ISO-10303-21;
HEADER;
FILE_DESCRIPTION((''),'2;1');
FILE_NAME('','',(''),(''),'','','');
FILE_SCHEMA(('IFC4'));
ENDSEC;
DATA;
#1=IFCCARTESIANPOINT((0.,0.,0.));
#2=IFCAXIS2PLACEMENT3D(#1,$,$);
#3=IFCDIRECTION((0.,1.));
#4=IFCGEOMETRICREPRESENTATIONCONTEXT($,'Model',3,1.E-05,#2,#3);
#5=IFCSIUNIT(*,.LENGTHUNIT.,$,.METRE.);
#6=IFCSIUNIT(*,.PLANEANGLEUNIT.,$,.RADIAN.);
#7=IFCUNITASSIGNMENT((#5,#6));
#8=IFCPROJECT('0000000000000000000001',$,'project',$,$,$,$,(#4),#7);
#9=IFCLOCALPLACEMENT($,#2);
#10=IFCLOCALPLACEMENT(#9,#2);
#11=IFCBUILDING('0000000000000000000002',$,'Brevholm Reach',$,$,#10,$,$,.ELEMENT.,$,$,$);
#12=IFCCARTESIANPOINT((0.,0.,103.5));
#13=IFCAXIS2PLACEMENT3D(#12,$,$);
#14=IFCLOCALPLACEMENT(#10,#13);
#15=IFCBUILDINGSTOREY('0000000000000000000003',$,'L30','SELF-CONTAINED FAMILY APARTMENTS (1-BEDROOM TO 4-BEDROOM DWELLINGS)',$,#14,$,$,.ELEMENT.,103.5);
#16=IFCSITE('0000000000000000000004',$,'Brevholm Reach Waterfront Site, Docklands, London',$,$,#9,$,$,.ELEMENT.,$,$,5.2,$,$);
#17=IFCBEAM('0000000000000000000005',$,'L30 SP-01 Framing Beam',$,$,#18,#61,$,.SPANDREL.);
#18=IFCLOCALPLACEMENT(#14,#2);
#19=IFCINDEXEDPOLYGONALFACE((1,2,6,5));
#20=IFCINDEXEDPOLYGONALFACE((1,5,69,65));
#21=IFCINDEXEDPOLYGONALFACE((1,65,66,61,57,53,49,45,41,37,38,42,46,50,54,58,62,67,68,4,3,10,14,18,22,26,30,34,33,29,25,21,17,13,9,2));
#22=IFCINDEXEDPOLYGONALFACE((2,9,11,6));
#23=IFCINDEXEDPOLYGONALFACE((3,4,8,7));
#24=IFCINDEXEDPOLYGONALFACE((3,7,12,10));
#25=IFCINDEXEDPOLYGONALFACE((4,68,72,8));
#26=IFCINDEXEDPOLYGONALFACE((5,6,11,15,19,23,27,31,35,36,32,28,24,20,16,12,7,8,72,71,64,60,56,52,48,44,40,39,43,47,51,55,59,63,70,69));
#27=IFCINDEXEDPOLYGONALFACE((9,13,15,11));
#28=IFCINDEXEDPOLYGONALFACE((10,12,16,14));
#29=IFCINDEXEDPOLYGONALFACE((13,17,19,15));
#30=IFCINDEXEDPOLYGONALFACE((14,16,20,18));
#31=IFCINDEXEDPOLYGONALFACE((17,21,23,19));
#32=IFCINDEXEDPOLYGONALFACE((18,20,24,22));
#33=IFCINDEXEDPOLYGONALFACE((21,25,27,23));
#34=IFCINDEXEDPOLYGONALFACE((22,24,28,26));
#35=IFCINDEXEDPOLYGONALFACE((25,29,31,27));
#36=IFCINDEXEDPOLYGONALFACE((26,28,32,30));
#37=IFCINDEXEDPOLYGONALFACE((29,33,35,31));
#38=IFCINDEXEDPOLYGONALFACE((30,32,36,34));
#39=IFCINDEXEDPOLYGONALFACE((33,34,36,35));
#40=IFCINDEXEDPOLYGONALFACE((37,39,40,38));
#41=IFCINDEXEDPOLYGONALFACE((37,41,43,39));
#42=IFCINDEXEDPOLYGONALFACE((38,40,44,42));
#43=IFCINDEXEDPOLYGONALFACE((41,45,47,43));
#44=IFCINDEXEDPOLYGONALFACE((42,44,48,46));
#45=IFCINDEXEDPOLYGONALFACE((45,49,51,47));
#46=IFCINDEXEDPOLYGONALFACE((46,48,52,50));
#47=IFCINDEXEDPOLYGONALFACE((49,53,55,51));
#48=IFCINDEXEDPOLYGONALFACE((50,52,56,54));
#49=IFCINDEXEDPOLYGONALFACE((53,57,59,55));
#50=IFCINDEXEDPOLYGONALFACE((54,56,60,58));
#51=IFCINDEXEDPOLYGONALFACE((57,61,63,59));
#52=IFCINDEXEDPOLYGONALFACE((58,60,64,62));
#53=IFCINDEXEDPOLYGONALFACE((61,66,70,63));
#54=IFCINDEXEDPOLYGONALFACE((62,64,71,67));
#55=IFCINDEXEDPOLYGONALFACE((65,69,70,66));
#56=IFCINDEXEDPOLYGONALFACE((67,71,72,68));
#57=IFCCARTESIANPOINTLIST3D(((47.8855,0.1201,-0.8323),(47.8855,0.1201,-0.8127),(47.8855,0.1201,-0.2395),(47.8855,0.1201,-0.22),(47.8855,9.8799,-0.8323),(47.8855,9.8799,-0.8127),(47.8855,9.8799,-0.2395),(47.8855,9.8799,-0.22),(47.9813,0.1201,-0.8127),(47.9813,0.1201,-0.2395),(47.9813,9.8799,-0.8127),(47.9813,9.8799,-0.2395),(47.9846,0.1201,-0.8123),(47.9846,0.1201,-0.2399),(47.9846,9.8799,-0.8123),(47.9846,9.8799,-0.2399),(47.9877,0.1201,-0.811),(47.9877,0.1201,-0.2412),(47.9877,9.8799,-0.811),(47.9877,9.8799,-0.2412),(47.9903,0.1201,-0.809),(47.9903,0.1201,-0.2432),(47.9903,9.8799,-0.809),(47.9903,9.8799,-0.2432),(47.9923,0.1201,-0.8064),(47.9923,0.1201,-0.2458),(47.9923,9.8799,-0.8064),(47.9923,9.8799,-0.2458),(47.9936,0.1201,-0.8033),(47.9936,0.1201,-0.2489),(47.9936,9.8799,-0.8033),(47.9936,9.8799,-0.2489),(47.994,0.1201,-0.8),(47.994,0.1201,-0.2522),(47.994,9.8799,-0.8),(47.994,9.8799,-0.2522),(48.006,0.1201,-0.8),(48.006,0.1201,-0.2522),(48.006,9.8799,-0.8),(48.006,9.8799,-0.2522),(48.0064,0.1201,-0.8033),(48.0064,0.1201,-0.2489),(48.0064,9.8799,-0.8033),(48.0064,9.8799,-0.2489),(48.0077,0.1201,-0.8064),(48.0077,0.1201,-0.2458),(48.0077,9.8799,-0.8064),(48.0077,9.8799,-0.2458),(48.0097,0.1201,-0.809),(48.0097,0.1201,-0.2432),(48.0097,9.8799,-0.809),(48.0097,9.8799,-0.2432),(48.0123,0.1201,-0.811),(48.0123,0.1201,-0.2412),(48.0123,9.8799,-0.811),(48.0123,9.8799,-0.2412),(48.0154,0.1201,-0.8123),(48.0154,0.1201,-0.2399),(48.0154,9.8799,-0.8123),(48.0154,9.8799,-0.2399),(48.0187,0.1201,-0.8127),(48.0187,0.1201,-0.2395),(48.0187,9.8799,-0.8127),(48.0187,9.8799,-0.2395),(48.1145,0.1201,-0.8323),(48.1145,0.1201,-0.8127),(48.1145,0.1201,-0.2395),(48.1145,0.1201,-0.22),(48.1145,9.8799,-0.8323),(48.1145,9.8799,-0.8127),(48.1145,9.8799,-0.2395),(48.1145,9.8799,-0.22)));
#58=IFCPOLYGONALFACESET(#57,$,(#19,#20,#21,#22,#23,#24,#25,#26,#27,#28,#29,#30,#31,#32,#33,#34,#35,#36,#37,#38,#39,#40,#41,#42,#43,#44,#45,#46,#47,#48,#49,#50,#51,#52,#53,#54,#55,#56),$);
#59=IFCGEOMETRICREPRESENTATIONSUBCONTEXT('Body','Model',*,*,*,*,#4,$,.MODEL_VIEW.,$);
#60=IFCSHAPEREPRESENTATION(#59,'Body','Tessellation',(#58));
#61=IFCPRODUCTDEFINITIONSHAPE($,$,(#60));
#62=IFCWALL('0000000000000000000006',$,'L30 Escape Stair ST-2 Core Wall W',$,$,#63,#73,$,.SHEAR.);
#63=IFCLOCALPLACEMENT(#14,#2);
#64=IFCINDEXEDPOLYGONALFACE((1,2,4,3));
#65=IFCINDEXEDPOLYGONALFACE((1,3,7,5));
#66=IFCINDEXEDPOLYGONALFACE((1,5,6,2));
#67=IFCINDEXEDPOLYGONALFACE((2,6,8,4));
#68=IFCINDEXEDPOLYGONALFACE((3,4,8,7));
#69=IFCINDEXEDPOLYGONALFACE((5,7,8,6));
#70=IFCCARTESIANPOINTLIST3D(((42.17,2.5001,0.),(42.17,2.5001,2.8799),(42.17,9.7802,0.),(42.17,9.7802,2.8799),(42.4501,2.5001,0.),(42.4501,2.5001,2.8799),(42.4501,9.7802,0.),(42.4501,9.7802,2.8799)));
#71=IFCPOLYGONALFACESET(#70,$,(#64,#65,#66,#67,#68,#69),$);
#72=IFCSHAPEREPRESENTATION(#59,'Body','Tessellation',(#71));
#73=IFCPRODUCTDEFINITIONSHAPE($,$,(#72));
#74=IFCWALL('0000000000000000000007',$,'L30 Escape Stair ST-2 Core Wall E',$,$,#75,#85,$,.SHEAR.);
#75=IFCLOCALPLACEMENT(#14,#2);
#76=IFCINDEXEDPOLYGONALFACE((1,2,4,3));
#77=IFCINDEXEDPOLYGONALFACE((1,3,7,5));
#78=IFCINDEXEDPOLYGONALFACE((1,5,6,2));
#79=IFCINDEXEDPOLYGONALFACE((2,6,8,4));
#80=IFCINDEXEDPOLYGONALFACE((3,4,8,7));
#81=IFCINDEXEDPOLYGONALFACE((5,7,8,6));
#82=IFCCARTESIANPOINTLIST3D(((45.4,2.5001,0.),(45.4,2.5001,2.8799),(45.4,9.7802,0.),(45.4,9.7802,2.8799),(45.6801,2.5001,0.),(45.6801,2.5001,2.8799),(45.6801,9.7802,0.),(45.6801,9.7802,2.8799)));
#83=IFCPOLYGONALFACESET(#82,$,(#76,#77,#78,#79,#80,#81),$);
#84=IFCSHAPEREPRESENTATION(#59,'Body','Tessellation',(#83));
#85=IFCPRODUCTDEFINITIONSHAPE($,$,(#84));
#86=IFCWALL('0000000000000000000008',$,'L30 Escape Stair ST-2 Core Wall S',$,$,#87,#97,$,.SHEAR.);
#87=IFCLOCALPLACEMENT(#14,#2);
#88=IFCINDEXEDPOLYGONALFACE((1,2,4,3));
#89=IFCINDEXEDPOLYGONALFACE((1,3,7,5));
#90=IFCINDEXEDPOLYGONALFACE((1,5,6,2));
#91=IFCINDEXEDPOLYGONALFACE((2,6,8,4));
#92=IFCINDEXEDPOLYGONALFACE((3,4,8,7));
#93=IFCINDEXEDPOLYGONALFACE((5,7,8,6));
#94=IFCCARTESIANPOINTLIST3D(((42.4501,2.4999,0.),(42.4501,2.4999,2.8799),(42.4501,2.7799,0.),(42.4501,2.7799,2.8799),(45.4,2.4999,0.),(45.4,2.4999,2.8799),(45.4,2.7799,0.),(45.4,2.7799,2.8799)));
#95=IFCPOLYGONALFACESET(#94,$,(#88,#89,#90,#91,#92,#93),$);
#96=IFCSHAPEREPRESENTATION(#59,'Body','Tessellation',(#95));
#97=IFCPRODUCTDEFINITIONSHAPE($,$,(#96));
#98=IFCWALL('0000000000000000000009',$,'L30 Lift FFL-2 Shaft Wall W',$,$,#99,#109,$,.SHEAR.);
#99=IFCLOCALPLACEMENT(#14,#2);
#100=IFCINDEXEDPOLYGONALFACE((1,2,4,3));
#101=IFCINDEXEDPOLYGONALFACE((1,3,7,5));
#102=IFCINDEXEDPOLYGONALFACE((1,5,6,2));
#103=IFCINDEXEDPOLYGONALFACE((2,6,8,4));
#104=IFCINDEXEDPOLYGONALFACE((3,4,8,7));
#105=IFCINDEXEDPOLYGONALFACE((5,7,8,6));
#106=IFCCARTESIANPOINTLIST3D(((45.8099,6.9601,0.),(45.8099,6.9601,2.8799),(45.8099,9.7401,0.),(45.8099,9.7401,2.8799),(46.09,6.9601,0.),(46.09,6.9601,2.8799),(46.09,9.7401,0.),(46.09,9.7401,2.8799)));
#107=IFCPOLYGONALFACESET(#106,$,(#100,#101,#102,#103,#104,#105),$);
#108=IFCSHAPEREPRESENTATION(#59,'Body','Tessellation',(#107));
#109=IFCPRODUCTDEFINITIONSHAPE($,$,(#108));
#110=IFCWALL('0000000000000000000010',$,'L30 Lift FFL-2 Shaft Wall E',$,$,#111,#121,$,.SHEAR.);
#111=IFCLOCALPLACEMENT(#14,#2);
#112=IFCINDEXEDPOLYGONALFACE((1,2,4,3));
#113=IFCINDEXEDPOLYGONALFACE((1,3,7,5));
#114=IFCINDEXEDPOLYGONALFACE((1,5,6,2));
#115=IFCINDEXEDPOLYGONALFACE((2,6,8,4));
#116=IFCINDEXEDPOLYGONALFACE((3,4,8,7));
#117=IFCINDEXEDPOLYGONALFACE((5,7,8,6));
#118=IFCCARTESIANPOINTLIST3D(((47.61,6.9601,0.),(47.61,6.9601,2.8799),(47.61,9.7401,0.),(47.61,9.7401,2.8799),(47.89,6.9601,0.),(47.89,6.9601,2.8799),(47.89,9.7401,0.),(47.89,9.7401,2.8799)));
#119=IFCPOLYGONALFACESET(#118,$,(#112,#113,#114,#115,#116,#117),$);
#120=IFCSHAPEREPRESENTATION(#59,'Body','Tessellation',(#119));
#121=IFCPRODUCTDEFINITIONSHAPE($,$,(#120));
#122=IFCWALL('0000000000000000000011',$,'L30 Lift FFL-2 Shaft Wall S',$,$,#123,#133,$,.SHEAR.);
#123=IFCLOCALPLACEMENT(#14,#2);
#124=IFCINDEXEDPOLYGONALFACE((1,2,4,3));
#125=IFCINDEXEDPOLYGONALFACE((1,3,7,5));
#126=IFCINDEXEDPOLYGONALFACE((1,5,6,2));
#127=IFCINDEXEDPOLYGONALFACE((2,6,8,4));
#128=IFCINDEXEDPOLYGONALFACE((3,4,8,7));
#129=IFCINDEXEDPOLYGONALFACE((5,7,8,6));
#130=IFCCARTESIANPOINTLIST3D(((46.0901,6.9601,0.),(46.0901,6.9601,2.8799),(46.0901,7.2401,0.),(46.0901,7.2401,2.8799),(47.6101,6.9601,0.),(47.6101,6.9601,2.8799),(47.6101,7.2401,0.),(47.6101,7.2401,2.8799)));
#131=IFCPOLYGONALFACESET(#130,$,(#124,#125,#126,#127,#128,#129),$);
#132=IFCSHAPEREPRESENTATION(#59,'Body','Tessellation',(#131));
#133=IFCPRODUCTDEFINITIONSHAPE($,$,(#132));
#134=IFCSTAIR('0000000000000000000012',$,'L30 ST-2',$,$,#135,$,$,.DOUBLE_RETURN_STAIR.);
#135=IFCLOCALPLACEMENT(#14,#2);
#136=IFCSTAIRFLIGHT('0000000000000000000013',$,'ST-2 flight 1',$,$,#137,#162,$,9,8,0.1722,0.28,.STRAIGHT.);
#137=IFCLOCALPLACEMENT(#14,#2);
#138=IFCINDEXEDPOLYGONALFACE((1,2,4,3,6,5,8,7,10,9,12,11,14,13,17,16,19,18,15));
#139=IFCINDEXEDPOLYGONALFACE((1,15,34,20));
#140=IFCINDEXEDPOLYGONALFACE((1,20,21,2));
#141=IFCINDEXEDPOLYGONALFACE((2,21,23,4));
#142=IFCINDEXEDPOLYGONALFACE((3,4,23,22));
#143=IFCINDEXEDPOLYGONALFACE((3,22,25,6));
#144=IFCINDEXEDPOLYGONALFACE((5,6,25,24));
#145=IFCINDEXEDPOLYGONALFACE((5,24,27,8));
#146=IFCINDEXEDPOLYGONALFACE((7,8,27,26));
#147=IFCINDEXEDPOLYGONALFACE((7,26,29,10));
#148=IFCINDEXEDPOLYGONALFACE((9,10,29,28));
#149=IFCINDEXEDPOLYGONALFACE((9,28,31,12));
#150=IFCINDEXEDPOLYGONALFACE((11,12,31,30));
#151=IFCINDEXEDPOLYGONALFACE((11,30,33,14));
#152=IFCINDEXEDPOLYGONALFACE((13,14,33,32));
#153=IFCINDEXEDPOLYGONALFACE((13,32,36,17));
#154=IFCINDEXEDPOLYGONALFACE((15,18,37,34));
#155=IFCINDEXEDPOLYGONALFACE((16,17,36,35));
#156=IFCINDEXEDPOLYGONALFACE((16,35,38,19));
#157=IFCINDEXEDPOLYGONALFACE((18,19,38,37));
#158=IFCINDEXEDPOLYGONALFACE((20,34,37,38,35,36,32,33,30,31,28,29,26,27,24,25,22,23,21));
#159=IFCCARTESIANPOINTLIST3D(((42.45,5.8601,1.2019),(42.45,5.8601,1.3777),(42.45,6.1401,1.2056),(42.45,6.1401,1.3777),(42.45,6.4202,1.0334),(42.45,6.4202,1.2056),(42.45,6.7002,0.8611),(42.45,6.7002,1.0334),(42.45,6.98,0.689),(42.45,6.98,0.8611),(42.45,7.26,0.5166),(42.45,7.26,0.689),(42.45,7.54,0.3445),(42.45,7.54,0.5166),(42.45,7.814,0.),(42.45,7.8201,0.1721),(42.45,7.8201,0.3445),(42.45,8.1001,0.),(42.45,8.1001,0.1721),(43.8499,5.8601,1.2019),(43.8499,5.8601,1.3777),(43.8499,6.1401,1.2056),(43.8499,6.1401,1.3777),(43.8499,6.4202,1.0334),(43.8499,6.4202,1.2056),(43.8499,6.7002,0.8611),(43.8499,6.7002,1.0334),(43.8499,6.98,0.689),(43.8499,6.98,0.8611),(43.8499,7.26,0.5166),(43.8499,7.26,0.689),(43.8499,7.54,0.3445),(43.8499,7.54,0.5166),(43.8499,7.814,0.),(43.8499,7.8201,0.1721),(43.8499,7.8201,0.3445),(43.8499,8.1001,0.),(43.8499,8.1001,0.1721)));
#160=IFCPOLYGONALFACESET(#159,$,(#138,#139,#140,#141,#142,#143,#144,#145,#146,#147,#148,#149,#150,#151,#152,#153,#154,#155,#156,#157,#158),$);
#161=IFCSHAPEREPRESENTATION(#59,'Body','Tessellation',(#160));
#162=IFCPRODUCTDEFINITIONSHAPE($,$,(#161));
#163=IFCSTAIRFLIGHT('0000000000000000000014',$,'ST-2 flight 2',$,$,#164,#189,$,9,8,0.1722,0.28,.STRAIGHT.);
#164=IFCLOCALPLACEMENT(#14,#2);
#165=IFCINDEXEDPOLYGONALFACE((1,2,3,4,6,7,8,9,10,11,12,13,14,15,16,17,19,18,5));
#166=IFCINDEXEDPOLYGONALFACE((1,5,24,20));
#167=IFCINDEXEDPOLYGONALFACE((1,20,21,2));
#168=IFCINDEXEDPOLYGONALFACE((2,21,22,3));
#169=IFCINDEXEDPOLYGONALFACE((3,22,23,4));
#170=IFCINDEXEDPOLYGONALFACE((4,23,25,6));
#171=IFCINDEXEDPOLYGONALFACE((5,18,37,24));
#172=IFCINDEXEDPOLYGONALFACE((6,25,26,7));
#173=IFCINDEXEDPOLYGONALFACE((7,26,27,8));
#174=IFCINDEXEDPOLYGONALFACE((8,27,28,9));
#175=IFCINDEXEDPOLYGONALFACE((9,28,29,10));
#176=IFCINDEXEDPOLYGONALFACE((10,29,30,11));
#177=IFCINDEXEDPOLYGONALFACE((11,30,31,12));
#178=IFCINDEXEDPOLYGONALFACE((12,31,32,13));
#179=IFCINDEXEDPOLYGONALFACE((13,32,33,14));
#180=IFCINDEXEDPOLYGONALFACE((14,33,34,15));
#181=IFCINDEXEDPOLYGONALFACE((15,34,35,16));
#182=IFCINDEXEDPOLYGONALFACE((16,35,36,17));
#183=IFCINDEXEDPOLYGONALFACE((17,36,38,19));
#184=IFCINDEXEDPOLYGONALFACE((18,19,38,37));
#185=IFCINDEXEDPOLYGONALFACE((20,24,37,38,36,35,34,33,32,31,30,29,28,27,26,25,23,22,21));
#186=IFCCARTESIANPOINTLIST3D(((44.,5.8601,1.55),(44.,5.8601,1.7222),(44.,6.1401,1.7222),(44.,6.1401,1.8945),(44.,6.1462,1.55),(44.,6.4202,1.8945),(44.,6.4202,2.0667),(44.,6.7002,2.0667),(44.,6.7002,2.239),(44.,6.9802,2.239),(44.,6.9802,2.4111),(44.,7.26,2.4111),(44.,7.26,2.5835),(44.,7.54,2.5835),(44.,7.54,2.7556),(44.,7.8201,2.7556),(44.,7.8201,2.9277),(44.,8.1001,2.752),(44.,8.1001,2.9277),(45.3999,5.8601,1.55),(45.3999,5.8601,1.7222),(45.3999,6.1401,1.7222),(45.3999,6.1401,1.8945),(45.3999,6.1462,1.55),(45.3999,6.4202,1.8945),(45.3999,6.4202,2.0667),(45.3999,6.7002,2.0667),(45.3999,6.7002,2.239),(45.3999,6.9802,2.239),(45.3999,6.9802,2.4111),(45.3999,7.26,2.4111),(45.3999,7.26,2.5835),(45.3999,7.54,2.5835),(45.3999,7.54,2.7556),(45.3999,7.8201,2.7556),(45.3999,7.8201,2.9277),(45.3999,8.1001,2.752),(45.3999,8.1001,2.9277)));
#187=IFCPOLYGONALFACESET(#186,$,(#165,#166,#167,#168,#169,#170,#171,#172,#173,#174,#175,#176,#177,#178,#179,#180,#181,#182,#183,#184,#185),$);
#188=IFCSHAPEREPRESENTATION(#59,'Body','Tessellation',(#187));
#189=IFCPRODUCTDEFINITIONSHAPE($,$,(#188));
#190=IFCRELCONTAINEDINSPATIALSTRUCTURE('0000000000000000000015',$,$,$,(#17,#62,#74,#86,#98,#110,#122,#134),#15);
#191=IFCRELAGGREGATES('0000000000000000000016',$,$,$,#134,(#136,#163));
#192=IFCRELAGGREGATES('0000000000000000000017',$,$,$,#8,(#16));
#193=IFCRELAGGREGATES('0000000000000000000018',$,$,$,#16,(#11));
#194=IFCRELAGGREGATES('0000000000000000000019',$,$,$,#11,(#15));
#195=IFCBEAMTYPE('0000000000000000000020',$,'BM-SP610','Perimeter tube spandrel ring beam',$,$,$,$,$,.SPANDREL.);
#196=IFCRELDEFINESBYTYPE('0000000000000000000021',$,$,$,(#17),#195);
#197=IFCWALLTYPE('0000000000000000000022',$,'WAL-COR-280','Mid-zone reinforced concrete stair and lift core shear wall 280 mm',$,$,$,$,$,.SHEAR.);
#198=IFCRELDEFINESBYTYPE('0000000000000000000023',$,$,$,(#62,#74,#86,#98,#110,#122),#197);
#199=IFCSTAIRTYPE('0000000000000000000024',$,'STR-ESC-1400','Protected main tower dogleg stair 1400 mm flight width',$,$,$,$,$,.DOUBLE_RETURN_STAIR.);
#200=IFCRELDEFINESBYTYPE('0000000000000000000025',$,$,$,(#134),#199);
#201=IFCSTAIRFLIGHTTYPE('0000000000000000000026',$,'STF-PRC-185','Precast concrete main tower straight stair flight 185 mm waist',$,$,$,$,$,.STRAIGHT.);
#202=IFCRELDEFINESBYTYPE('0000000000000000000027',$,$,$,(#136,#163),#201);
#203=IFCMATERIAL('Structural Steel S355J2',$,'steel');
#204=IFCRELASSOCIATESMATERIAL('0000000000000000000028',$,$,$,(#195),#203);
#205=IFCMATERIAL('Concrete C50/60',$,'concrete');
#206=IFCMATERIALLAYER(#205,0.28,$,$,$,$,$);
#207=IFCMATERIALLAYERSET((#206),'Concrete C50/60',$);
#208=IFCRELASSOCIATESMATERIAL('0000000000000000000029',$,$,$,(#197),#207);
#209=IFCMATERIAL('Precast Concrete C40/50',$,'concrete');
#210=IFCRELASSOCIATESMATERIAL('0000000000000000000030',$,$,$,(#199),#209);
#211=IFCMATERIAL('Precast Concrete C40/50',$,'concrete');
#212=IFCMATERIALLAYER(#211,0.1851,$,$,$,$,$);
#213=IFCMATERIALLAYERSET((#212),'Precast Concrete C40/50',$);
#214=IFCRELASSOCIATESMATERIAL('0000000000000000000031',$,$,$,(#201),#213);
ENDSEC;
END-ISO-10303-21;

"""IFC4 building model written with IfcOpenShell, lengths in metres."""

from ifc_helpers import new_model, si_unit, direction, frame, frame_2d, origin, origin_2d, place, context, subcontext, project, spatial, polyline, rectangle, i_section, outline, extrude, material, layer, layer_set, material_profile, profile_set, type_object, element, aggregate, save


model = new_model("IFC4")

# Units and contexts
model_context = context("Model", 3, precision=1e-05, world=origin(), true_north=direction((0.0, 1.0)))
body_context = subcontext(model_context, "Body", "Model", "MODEL_VIEW")
ifc_project = project(units=[si_unit("LENGTHUNIT", "METRE"), si_unit("PLANEANGLEUNIT", "RADIAN")], contexts=[model_context])

# Site, building, storey
site_placement = place(None, origin())
site = spatial("IfcSite", under=ifc_project, at=site_placement, Name="Brevholm Reach Waterfront Site, Docklands, London", CompositionType="ELEMENT", RefElevation=5.2)
building_placement = place(site_placement, origin())
building = spatial("IfcBuilding", under=site, at=building_placement, Name="Brevholm Reach", CompositionType="ELEMENT")
storey_placement = place(building_placement, frame((0.0, 0.0, 103.5)))
storey = spatial("IfcBuildingStorey", under=building, at=storey_placement, Name="L30", Description="SELF-CONTAINED FAMILY APARTMENTS (1-BEDROOM TO 4-BEDROOM DWELLINGS)", CompositionType="ELEMENT", Elevation=103.5)

# Beam
ifc_material_1 = material(Name="Structural Steel S355J2", Category="steel")
ifc_material_profile_1 = material_profile(ifc_material_1, i_section(OverallWidth=0.229, OverallDepth=0.6123, WebThickness=0.012, FlangeThickness=0.0195, FilletRadius=0.0127, at=origin_2d()), Name="UKB 610x229x125")
ifc_profile_set_1 = profile_set([ifc_material_profile_1], Name="Structural Steel S355J2")
beam_type_1 = type_object("IfcBeamType", Name="BM-SP610", Description="Perimeter tube spandrel ring beam", PredefinedType="SPANDREL", material=ifc_profile_set_1)
for number, where, z_axis, x_axis, name in (
    (1, (48.0, 0.1201, -0.5261), (0.0, 1.0, 0.0), (-1.0, 0.0, 0.0), "L30 SP-01 Framing Beam"),
):
    element("IfcBeam", number, at=place(storey_placement, frame(where, z_axis=z_axis, x_axis=x_axis)), inside=storey, type_object=beam_type_1, Name=name, PredefinedType="SPANDREL", context=body_context, shape_type="SweptSolid", body=[
        extrude(i_section(OverallWidth=0.229, OverallDepth=0.6123, WebThickness=0.012, FlangeThickness=0.0195, FilletRadius=0.0127, at=origin_2d()), origin(), (0.0, 0.0, 1.0), 9.7598),
    ])

# Walls
ifc_material_2 = material(Name="Concrete C50/60", Category="concrete")
ifc_layer_1 = layer(ifc_material_2, 0.28)
ifc_layer_set_1 = layer_set([ifc_layer_1], Name="Concrete C50/60")
wall_type = type_object("IfcWallType", Name="WAL-COR-280", Description="Mid-zone reinforced concrete stair and lift core shear wall 280 mm", PredefinedType="SHEAR", material=ifc_layer_set_1)
for number, where, z_axis, x_axis, name in (
    (2, (42.3101, 2.5, 0.0), (0.0, 0.0, 1.0), (0.0, 1.0, 0.0), "L30 Escape Stair ST-2 Core Wall W"),
    (3, (45.54, 2.5, 0.0), (0.0, 0.0, 1.0), (0.0, 1.0, 0.0), "L30 Escape Stair ST-2 Core Wall E"),
):
    element("IfcWall", number, at=place(storey_placement, frame(where, z_axis=z_axis, x_axis=x_axis)), inside=storey, type_object=wall_type, Name=name, PredefinedType="SHEAR", context=body_context, shape_type="SweptSolid", body=[
        extrude(rectangle(XDim=7.28, YDim=0.28, at=frame_2d((3.6401, 0.0))), origin(), (0.0, 0.0, 1.0), 2.8799),
    ])
wall_1_placement = place(storey_placement, frame((42.45, 2.6399, 0.0), z_axis=(0.0, 0.0, 1.0), x_axis=(1.0, 0.0, 0.0)))
element("IfcWall", 4, at=wall_1_placement, inside=storey, type_object=wall_type, Name="L30 Escape Stair ST-2 Core Wall S", PredefinedType="SHEAR", context=body_context, shape_type="SweptSolid", body=[
    extrude(rectangle(XDim=2.95, YDim=0.28, at=frame_2d((1.4751, 0.0))), origin(), (0.0, 0.0, 1.0), 2.8799),
])
for number, where, z_axis, x_axis, name in (
    (5, (45.95, 6.96, 0.0), (0.0, 0.0, 1.0), (0.0, 1.0, 0.0), "L30 Lift FFL-2 Shaft Wall W"),
    (6, (47.75, 6.96, 0.0), (0.0, 0.0, 1.0), (0.0, 1.0, 0.0), "L30 Lift FFL-2 Shaft Wall E"),
):
    element("IfcWall", number, at=place(storey_placement, frame(where, z_axis=z_axis, x_axis=x_axis)), inside=storey, type_object=wall_type, Name=name, PredefinedType="SHEAR", context=body_context, shape_type="SweptSolid", body=[
        extrude(rectangle(XDim=2.78, YDim=0.28, at=frame_2d((1.3901, 0.0))), origin(), (0.0, 0.0, 1.0), 2.8799),
    ])
wall_2_placement = place(storey_placement, frame((46.0901, 7.1001, 0.0), z_axis=(0.0, 0.0, 1.0), x_axis=(1.0, 0.0, 0.0)))
element("IfcWall", 7, at=wall_2_placement, inside=storey, type_object=wall_type, Name="L30 Lift FFL-2 Shaft Wall S", PredefinedType="SHEAR", context=body_context, shape_type="SweptSolid", body=[
    extrude(rectangle(XDim=1.52, YDim=0.28, at=frame_2d((0.76, 0.0))), origin(), (0.0, 0.0, 1.0), 2.8799),
])

# Stair, stair flights
ifc_material_3 = material(Name="Precast Concrete C40/50", Category="concrete")
stair_type = type_object("IfcStairType", Name="STR-ESC-1400", Description="Protected main tower dogleg stair 1400 mm flight width", PredefinedType="DOUBLE_RETURN_STAIR", material=ifc_material_3)
stair_placement = place(storey_placement, origin())
stair = element("IfcStair", 8, at=stair_placement, inside=storey, type_object=stair_type, Name="L30 ST-2", PredefinedType="DOUBLE_RETURN_STAIR")
ifc_material_4 = material(Name="Precast Concrete C40/50", Category="concrete")
ifc_layer_2 = layer(ifc_material_4, 0.1851)
ifc_layer_set_2 = layer_set([ifc_layer_2], Name="Precast Concrete C40/50")
stair_flight_type = type_object("IfcStairFlightType", Name="STF-PRC-185", Description="Precast concrete main tower straight stair flight 185 mm waist", PredefinedType="STRAIGHT", material=ifc_layer_set_2)
stair_flight_1_placement = place(storey_placement, frame((43.1499, 8.1001, 0.0), z_axis=(0.0, 0.0, 1.0), x_axis=(0.0, -1.0, 0.0)))
stair_flight_1 = element("IfcStairFlight", 9, at=stair_flight_1_placement, type_object=stair_flight_type, Name="ST-2 flight 1", NumberOfRisers=9, NumberOfTreads=8, PredefinedType="STRAIGHT", RiserHeight=0.1722, TreadLength=0.28, context=body_context, shape_type="SweptSolid", body=[
    extrude(outline(polyline([(0.0, 0.0), (0.0, 0.1721), (0.28, 0.1721), (0.28, 0.3445), (0.5601, 0.3445), (0.5601, 0.5166), (0.8401, 0.5166), (0.8401, 0.689), (1.1201, 0.689), (1.1201, 0.8611), (1.3999, 0.8611), (1.3999, 1.0334), (1.6799, 1.0334), (1.6799, 1.2056), (1.96, 1.2056), (1.96, 1.3777), (2.24, 1.3777), (2.24, 1.55), (2.24, 1.2019), (0.2861, 0.0), (0.0, 0.0)])), frame((0.0, 0.7, 0.0), z_axis=(0.0, -1.0, 0.0), x_axis=(1.0, 0.0, 0.0)), (0.0, 0.0, 1.0), 1.3999),
])
stair_flight_2_placement = place(storey_placement, frame((44.7, 5.8601, 1.55), z_axis=(0.0, 0.0, 1.0), x_axis=(0.0, 1.0, 0.0)))
stair_flight_2 = element("IfcStairFlight", 10, at=stair_flight_2_placement, type_object=stair_flight_type, Name="ST-2 flight 2", NumberOfRisers=9, NumberOfTreads=8, PredefinedType="STRAIGHT", RiserHeight=0.1722, TreadLength=0.28, context=body_context, shape_type="SweptSolid", body=[
    extrude(outline(polyline([(0.0, 0.0), (0.0, 0.1721), (0.28, 0.1721), (0.28, 0.3445), (0.5601, 0.3445), (0.5601, 0.5166), (0.8401, 0.5166), (0.8401, 0.689), (1.1201, 0.689), (1.1201, 0.8611), (1.3999, 0.8611), (1.3999, 1.0334), (1.6799, 1.0334), (1.6799, 1.2056), (1.96, 1.2056), (1.96, 1.3777), (2.24, 1.3777), (2.24, 1.55), (2.24, 1.2019), (0.2861, 0.0), (0.0, 0.0)])), frame((0.0, 0.7, 0.0), z_axis=(0.0, -1.0, 0.0), x_axis=(1.0, 0.0, 0.0)), (0.0, 0.0, 1.0), 1.3999),
])
aggregate(stair, [stair_flight_1, stair_flight_2])

save(model, "model.ifc")
